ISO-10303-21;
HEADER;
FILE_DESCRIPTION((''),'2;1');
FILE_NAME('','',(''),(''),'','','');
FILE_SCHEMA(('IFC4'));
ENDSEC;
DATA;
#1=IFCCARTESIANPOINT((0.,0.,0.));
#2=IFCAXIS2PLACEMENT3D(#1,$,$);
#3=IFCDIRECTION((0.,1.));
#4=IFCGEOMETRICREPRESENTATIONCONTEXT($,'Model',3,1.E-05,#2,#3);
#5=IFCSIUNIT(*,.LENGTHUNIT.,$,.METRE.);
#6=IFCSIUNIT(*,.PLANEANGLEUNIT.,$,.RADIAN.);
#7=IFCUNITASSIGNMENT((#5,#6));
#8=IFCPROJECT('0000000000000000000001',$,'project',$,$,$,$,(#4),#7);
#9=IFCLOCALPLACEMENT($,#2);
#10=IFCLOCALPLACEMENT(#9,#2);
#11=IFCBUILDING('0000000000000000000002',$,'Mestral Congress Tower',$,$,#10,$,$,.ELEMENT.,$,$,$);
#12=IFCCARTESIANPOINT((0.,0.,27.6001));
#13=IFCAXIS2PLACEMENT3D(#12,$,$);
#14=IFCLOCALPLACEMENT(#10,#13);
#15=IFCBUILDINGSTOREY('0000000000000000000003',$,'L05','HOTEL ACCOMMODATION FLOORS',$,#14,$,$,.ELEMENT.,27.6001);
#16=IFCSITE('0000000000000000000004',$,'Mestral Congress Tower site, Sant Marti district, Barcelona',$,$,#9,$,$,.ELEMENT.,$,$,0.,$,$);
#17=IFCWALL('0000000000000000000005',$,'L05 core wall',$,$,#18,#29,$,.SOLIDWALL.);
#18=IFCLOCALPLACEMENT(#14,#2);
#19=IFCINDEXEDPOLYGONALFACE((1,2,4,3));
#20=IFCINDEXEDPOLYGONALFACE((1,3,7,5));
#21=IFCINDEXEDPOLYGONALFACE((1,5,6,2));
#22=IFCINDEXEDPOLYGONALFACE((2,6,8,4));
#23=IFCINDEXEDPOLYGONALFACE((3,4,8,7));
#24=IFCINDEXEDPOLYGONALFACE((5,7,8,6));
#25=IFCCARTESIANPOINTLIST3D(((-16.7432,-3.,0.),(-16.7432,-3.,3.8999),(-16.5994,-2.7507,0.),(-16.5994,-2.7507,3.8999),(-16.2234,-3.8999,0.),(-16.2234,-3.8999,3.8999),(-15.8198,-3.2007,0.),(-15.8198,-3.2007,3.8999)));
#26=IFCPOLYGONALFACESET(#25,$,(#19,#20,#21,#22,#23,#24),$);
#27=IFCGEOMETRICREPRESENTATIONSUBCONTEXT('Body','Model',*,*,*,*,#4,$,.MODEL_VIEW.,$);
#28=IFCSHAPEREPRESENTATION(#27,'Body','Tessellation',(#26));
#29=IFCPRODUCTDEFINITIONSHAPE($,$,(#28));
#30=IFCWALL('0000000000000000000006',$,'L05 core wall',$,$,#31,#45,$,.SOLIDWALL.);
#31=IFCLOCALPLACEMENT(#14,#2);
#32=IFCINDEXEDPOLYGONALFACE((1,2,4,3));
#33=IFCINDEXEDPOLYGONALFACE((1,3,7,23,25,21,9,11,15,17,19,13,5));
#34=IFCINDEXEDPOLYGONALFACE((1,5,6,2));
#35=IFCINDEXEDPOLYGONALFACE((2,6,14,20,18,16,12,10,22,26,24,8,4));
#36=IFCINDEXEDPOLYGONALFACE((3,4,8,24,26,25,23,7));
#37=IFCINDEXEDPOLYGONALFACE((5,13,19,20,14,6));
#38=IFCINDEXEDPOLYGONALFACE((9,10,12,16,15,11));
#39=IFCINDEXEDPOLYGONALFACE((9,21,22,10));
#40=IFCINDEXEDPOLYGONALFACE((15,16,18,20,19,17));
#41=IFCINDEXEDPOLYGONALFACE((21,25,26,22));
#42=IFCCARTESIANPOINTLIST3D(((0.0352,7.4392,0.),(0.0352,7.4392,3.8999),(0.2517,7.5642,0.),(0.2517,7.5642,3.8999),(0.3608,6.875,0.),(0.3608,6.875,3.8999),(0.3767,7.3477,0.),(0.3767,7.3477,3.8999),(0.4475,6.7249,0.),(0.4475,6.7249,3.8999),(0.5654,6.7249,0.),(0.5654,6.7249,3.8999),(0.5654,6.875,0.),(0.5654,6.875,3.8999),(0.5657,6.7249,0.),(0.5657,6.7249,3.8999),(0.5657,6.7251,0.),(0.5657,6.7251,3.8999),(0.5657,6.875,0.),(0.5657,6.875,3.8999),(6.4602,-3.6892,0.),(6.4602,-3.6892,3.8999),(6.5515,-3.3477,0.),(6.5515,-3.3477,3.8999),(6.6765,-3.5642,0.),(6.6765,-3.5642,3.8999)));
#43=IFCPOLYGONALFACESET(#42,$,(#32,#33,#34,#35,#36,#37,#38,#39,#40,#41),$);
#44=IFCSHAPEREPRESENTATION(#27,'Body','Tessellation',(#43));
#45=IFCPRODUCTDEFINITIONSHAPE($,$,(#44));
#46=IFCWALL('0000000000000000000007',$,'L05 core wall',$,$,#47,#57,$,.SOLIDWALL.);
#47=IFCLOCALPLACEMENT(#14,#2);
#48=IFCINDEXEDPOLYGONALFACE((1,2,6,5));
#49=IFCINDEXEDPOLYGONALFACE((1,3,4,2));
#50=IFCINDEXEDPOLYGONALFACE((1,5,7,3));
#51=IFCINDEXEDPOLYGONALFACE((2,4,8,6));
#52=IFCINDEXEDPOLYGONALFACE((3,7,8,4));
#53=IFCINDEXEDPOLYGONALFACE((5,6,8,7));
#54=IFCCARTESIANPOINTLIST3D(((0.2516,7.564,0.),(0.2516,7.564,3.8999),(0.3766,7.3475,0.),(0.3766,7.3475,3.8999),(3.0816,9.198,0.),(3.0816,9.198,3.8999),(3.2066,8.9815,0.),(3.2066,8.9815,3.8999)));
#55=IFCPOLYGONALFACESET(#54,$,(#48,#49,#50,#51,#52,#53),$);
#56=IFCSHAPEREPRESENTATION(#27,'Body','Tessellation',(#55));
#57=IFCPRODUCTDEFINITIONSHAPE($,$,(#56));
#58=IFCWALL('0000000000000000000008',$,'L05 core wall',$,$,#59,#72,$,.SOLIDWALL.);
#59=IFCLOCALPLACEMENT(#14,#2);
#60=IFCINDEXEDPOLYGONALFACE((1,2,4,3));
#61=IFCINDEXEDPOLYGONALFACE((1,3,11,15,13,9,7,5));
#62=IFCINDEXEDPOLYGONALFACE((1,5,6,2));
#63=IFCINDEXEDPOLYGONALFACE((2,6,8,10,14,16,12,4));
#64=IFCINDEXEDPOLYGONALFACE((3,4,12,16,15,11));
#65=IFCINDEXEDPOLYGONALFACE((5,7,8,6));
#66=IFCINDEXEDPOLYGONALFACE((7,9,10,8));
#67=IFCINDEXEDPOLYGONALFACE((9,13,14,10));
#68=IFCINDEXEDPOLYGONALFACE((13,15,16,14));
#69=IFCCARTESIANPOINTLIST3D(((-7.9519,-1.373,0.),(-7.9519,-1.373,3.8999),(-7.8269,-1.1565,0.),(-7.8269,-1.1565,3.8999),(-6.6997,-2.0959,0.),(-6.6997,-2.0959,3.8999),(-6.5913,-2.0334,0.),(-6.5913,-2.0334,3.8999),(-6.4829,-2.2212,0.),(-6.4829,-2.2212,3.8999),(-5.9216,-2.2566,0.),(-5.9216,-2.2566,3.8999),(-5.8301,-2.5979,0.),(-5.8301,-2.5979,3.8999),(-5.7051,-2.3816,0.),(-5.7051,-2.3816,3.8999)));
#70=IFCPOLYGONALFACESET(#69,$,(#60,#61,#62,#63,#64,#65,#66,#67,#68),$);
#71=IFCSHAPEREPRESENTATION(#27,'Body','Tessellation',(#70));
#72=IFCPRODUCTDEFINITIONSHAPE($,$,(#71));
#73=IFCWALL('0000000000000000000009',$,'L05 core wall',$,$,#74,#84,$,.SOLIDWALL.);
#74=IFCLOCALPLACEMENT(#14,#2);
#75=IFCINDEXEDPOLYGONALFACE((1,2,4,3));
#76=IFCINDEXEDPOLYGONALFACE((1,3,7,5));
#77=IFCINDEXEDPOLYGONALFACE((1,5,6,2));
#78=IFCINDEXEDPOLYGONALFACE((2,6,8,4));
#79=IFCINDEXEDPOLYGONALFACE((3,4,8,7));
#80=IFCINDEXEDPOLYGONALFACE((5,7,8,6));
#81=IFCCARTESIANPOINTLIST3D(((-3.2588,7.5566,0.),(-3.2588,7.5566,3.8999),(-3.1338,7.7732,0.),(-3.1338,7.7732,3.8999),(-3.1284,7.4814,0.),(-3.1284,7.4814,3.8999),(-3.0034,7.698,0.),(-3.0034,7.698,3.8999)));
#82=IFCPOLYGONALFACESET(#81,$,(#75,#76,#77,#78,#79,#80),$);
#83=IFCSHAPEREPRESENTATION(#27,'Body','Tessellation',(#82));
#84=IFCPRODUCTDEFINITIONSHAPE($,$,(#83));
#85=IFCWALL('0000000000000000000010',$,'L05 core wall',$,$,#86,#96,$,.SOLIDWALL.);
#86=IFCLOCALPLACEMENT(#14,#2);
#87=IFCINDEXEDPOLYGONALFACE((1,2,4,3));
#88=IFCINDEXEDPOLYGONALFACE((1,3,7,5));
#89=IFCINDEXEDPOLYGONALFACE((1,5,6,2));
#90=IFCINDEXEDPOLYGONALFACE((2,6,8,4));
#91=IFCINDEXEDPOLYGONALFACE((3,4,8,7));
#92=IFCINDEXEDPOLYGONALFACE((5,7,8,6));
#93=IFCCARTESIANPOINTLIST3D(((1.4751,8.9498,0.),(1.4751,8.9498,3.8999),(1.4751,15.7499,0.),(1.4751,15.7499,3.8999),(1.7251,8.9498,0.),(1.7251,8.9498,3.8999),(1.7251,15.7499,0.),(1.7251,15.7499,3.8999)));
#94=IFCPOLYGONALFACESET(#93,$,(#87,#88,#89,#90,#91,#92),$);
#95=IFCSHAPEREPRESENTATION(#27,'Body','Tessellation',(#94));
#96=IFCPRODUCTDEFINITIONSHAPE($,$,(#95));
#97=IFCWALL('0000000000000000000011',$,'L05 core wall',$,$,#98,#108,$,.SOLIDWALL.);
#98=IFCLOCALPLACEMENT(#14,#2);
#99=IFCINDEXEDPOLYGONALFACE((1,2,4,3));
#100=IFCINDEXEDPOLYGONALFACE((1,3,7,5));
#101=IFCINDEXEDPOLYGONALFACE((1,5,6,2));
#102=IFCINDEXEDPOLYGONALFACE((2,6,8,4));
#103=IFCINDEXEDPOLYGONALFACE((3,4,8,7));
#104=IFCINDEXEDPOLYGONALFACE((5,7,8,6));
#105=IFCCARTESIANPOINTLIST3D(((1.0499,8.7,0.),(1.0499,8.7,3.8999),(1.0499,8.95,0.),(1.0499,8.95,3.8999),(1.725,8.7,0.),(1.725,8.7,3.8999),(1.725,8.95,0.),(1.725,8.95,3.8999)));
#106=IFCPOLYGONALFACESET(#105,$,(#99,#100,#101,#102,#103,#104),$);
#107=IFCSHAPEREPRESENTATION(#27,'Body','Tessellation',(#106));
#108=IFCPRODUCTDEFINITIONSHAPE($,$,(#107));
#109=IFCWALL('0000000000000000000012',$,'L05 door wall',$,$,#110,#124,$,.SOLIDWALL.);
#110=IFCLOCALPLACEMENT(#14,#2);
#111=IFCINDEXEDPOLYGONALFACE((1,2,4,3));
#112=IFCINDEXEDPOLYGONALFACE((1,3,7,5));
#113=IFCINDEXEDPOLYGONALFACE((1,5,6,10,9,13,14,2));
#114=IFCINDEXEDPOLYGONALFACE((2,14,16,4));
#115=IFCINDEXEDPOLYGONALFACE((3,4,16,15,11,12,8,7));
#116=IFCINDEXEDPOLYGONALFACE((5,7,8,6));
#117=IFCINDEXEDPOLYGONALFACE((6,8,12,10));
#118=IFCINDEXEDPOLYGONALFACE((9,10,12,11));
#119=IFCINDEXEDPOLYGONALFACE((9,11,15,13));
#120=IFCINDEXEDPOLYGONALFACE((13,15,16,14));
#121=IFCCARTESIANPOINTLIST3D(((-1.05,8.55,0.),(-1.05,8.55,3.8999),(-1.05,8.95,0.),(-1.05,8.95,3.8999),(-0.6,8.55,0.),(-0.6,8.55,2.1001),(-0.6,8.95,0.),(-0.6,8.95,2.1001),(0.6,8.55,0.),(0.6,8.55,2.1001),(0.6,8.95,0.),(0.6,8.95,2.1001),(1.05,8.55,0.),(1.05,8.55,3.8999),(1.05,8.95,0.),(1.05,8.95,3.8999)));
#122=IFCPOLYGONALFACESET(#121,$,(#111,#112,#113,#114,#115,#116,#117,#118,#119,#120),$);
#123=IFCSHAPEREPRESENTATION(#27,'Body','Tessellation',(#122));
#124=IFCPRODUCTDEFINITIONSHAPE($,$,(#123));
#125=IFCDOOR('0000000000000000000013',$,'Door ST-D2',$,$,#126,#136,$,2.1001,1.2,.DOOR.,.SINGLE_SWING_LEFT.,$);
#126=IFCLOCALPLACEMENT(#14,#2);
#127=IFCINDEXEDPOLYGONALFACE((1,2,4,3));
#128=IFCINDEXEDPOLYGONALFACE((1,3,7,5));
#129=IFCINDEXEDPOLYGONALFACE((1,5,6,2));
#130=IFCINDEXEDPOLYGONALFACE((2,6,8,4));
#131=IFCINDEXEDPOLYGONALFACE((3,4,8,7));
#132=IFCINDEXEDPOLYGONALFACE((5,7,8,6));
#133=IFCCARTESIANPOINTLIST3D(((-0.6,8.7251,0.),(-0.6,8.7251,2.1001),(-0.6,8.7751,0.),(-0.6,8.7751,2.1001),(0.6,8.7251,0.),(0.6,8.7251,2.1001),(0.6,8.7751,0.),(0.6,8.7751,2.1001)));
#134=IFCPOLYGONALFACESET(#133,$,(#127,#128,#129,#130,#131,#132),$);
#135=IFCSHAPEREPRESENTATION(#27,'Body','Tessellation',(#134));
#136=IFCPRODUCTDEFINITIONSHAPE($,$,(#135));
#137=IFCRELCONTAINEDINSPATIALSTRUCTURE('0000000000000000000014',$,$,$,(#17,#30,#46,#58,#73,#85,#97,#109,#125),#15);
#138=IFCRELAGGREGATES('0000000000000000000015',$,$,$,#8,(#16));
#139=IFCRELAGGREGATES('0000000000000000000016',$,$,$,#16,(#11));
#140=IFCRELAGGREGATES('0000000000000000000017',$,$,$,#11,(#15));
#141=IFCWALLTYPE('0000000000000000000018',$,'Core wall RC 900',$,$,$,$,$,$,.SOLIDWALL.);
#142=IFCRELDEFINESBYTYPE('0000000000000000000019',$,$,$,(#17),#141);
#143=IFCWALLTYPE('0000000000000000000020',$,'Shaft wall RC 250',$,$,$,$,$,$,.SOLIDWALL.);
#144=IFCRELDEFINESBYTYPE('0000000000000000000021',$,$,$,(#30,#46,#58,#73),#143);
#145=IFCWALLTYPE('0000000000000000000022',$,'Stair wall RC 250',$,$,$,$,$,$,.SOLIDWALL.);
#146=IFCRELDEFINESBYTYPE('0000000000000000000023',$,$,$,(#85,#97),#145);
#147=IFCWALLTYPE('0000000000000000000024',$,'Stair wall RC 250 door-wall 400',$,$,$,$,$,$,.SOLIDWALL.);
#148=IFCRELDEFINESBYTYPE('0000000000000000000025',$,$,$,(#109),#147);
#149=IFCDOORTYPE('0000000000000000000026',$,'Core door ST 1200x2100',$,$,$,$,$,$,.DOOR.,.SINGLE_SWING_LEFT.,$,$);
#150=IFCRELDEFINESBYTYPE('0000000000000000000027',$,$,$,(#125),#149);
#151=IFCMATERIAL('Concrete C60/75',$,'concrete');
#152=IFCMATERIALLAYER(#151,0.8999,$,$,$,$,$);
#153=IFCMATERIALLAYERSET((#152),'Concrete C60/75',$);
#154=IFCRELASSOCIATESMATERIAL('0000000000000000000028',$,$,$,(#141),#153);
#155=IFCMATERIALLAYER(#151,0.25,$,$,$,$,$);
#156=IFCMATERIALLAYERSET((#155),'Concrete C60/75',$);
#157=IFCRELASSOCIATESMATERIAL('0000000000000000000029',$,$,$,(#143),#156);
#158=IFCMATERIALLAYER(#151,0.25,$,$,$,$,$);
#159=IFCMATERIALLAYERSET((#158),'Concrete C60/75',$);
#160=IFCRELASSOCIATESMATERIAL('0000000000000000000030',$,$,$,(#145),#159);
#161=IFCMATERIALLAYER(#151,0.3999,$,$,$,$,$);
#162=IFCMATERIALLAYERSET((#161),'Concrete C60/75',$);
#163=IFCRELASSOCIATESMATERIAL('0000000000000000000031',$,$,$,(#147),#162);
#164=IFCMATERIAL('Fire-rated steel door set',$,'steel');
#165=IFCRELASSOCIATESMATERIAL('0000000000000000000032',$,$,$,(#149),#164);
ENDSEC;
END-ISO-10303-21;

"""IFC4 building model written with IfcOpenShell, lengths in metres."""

from ifc_helpers import new_model, si_unit, direction, frame, frame_2d, origin, place, context, subcontext, project, spatial, polyline, rectangle, outline, extrude, material, layer, layer_set, type_object, element, fill, save


model = new_model("IFC4")

# Units and contexts
model_context = context("Model", 3, precision=1e-05, world=origin(), true_north=direction((0.0, 1.0)))
body_context = subcontext(model_context, "Body", "Model", "MODEL_VIEW")
ifc_project = project(units=[si_unit("LENGTHUNIT", "METRE"), si_unit("PLANEANGLEUNIT", "RADIAN")], contexts=[model_context])

# Site, building, storey
site_placement = place(None, origin())
site = spatial("IfcSite", under=ifc_project, at=site_placement, Name="Mestral Congress Tower site, Sant Marti district, Barcelona", CompositionType="ELEMENT", RefElevation=0.0)
building_placement = place(site_placement, origin())
building = spatial("IfcBuilding", under=site, at=building_placement, Name="Mestral Congress Tower", CompositionType="ELEMENT")
storey_placement = place(building_placement, frame((0.0, 0.0, 27.6001)))
storey = spatial("IfcBuildingStorey", under=building, at=storey_placement, Name="L05", Description="HOTEL ACCOMMODATION FLOORS", CompositionType="ELEMENT", Elevation=27.6001)

# Shared definitions
ifc_material_1 = material(Name="Concrete C60/75", Category="concrete")

# Shared definitions
placement_1 = place(storey_placement, origin())

# Shared definitions
ifc_material_2 = material(Name="Fire-rated steel door set", Category="steel")

# Walls
ifc_layer_1 = layer(ifc_material_1, 0.8999)
ifc_layer_set_1 = layer_set([ifc_layer_1], Name="Concrete C60/75")
wall_type_1 = type_object("IfcWallType", Name="Core wall RC 900", PredefinedType="SOLIDWALL", material=ifc_layer_set_1)
element("IfcWall", 1, at=placement_1, inside=storey, type_object=wall_type_1, Name="L05 core wall", PredefinedType="SOLIDWALL", context=body_context, shape_type="SweptSolid", body=[
    extrude(outline(polyline([(-15.8198, -3.2007), (-16.2234, -3.8999), (-16.7432, -3.0), (-16.5994, -2.7507), (-15.8198, -3.2007)])), origin(), (0.0, 0.0, 1.0), 3.8999),
])
ifc_layer_2 = layer(ifc_material_1, 0.25)
ifc_layer_set_2 = layer_set([ifc_layer_2], Name="Concrete C60/75")
wall_type_2 = type_object("IfcWallType", Name="Shaft wall RC 250", PredefinedType="SOLIDWALL", material=ifc_layer_set_2)
element("IfcWall", 2, at=placement_1, inside=storey, type_object=wall_type_2, Name="L05 core wall", PredefinedType="SOLIDWALL", context=body_context, shape_type="SweptSolid", body=[
    extrude(outline(polyline([(0.5657, 6.7251), (0.5657, 6.875), (0.5657, 6.875), (0.5654, 6.875), (0.3608, 6.875), (0.0352, 7.4392), (0.2517, 7.5642), (0.3767, 7.3477), (6.5515, -3.3477), (6.6765, -3.5642), (6.4602, -3.6892), (0.4475, 6.7249), (0.5654, 6.7249), (0.5657, 6.7249), (0.5657, 6.7251)])), origin(), (0.0, 0.0, 1.0), 3.8999),
])
wall_1_placement = place(storey_placement, frame((0.3142, 7.4558, 0.0), z_axis=(0.0, 0.0, 1.0), x_axis=(0.866014, 0.50002, 0.0)))
element("IfcWall", 3, at=wall_1_placement, inside=storey, type_object=wall_type_2, Name="L05 core wall", PredefinedType="SOLIDWALL", context=body_context, shape_type="SweptSolid", body=[
    extrude(rectangle(XDim=3.2678, YDim=0.25, at=frame_2d((1.6338, 0.0))), origin(), (0.0, 0.0, 1.0), 3.8999),
])
element("IfcWall", 4, at=placement_1, inside=storey, type_object=wall_type_2, Name="L05 core wall", PredefinedType="SOLIDWALL", context=body_context, shape_type="SweptSolid", body=[
    extrude(outline(polyline([(-5.9216, -2.2566), (-5.9216, -2.2566), (-5.7051, -2.3816), (-5.8301, -2.5979), (-6.4829, -2.2212), (-6.5913, -2.0334), (-6.5913, -2.0334), (-6.6997, -2.0959), (-7.9519, -1.373), (-7.8269, -1.1565), (-5.9216, -2.2566)])), origin(), (0.0, 0.0, 1.0), 3.8999),
])
element("IfcWall", 5, at=placement_1, inside=storey, type_object=wall_type_2, Name="L05 core wall", PredefinedType="SOLIDWALL", context=body_context, shape_type="SweptSolid", body=[
    extrude(outline(polyline([(-3.1284, 7.4814), (-3.2588, 7.5566), (-3.1338, 7.7732), (-3.0034, 7.698), (-3.1284, 7.4814)])), origin(), (0.0, 0.0, 1.0), 3.8999),
])
ifc_layer_3 = layer(ifc_material_1, 0.25)
ifc_layer_set_3 = layer_set([ifc_layer_3], Name="Concrete C60/75")
wall_type_3 = type_object("IfcWallType", Name="Stair wall RC 250", PredefinedType="SOLIDWALL", material=ifc_layer_set_3)
wall_2_placement = place(storey_placement, frame((1.6001, 8.95, 0.0), z_axis=(0.0, 0.0, 1.0), x_axis=(0.0, 1.0, 0.0)))
element("IfcWall", 6, at=wall_2_placement, inside=storey, type_object=wall_type_3, Name="L05 core wall", PredefinedType="SOLIDWALL", context=body_context, shape_type="SweptSolid", body=[
    extrude(rectangle(XDim=6.8, YDim=0.25, at=frame_2d((3.3999, 0.0))), origin(), (0.0, 0.0, 1.0), 3.8999),
])
wall_3_placement = place(storey_placement, frame((1.05, 8.825, 0.0), z_axis=(0.0, 0.0, 1.0), x_axis=(1.0, 0.0, 0.0)))
element("IfcWall", 7, at=wall_3_placement, inside=storey, type_object=wall_type_3, Name="L05 core wall", PredefinedType="SOLIDWALL", context=body_context, shape_type="SweptSolid", body=[
    extrude(rectangle(XDim=0.675, YDim=0.25, at=frame_2d((0.3374, 0.0))), origin(), (0.0, 0.0, 1.0), 3.8999),
])

# Wall, opening, door
ifc_layer_4 = layer(ifc_material_1, 0.3999)
ifc_layer_set_4 = layer_set([ifc_layer_4], Name="Concrete C60/75")
wall_type_4 = type_object("IfcWallType", Name="Stair wall RC 250 door-wall 400", PredefinedType="SOLIDWALL", material=ifc_layer_set_4)
wall_4_placement = place(storey_placement, frame((1.05, 8.75, 0.0), z_axis=(0.0, 0.0, 1.0), x_axis=(-1.0, 0.0, 0.0)))
wall_4 = element("IfcWall", 8, at=wall_4_placement, inside=storey, type_object=wall_type_4, Name="L05 door wall", PredefinedType="SOLIDWALL", context=body_context, shape_type="SweptSolid", body=[
    extrude(rectangle(XDim=2.1001, YDim=0.3999, at=frame_2d((1.05, 0.0))), origin(), (0.0, 0.0, 1.0), 3.8999),
])
opening_1_placement = place(wall_4_placement, frame((0.45, 0.0, 0.0)))
opening_1 = element("IfcOpeningElement", 9, at=opening_1_placement, cuts=wall_4, PredefinedType="OPENING", context=body_context, shape_type="SweptSolid", body=[
    extrude(rectangle(XDim=1.2, YDim=2.1001, at=frame_2d((0.6001, 1.05))), frame((0.0, 0.21, 0.0), z_axis=(0.0, -1.0, 0.0), x_axis=(1.0, 0.0, 0.0)), (0.0, 0.0, 1.0), 0.4199),
])
door_type_1 = type_object("IfcDoorType", Name="Core door ST 1200x2100", OperationType="SINGLE_SWING_LEFT", PredefinedType="DOOR", material=ifc_material_2)
door_1_placement = place(opening_1_placement, origin())
door_1 = element("IfcDoor", 10, at=door_1_placement, inside=storey, type_object=door_type_1, Name="Door ST-D2", OperationType="SINGLE_SWING_LEFT", OverallHeight=2.1001, OverallWidth=1.2, PredefinedType="DOOR", context=body_context, shape_type="SweptSolid", body=[
    extrude(rectangle(XDim=1.2, YDim=2.1001, at=frame_2d((0.6001, 1.05))), frame((0.0, 0.0249, 0.0), z_axis=(0.0, -1.0, 0.0), x_axis=(1.0, 0.0, 0.0)), (0.0, 0.0, 1.0), 0.05),
])
fill(opening_1, door_1)

save(model, "model.ifc")
